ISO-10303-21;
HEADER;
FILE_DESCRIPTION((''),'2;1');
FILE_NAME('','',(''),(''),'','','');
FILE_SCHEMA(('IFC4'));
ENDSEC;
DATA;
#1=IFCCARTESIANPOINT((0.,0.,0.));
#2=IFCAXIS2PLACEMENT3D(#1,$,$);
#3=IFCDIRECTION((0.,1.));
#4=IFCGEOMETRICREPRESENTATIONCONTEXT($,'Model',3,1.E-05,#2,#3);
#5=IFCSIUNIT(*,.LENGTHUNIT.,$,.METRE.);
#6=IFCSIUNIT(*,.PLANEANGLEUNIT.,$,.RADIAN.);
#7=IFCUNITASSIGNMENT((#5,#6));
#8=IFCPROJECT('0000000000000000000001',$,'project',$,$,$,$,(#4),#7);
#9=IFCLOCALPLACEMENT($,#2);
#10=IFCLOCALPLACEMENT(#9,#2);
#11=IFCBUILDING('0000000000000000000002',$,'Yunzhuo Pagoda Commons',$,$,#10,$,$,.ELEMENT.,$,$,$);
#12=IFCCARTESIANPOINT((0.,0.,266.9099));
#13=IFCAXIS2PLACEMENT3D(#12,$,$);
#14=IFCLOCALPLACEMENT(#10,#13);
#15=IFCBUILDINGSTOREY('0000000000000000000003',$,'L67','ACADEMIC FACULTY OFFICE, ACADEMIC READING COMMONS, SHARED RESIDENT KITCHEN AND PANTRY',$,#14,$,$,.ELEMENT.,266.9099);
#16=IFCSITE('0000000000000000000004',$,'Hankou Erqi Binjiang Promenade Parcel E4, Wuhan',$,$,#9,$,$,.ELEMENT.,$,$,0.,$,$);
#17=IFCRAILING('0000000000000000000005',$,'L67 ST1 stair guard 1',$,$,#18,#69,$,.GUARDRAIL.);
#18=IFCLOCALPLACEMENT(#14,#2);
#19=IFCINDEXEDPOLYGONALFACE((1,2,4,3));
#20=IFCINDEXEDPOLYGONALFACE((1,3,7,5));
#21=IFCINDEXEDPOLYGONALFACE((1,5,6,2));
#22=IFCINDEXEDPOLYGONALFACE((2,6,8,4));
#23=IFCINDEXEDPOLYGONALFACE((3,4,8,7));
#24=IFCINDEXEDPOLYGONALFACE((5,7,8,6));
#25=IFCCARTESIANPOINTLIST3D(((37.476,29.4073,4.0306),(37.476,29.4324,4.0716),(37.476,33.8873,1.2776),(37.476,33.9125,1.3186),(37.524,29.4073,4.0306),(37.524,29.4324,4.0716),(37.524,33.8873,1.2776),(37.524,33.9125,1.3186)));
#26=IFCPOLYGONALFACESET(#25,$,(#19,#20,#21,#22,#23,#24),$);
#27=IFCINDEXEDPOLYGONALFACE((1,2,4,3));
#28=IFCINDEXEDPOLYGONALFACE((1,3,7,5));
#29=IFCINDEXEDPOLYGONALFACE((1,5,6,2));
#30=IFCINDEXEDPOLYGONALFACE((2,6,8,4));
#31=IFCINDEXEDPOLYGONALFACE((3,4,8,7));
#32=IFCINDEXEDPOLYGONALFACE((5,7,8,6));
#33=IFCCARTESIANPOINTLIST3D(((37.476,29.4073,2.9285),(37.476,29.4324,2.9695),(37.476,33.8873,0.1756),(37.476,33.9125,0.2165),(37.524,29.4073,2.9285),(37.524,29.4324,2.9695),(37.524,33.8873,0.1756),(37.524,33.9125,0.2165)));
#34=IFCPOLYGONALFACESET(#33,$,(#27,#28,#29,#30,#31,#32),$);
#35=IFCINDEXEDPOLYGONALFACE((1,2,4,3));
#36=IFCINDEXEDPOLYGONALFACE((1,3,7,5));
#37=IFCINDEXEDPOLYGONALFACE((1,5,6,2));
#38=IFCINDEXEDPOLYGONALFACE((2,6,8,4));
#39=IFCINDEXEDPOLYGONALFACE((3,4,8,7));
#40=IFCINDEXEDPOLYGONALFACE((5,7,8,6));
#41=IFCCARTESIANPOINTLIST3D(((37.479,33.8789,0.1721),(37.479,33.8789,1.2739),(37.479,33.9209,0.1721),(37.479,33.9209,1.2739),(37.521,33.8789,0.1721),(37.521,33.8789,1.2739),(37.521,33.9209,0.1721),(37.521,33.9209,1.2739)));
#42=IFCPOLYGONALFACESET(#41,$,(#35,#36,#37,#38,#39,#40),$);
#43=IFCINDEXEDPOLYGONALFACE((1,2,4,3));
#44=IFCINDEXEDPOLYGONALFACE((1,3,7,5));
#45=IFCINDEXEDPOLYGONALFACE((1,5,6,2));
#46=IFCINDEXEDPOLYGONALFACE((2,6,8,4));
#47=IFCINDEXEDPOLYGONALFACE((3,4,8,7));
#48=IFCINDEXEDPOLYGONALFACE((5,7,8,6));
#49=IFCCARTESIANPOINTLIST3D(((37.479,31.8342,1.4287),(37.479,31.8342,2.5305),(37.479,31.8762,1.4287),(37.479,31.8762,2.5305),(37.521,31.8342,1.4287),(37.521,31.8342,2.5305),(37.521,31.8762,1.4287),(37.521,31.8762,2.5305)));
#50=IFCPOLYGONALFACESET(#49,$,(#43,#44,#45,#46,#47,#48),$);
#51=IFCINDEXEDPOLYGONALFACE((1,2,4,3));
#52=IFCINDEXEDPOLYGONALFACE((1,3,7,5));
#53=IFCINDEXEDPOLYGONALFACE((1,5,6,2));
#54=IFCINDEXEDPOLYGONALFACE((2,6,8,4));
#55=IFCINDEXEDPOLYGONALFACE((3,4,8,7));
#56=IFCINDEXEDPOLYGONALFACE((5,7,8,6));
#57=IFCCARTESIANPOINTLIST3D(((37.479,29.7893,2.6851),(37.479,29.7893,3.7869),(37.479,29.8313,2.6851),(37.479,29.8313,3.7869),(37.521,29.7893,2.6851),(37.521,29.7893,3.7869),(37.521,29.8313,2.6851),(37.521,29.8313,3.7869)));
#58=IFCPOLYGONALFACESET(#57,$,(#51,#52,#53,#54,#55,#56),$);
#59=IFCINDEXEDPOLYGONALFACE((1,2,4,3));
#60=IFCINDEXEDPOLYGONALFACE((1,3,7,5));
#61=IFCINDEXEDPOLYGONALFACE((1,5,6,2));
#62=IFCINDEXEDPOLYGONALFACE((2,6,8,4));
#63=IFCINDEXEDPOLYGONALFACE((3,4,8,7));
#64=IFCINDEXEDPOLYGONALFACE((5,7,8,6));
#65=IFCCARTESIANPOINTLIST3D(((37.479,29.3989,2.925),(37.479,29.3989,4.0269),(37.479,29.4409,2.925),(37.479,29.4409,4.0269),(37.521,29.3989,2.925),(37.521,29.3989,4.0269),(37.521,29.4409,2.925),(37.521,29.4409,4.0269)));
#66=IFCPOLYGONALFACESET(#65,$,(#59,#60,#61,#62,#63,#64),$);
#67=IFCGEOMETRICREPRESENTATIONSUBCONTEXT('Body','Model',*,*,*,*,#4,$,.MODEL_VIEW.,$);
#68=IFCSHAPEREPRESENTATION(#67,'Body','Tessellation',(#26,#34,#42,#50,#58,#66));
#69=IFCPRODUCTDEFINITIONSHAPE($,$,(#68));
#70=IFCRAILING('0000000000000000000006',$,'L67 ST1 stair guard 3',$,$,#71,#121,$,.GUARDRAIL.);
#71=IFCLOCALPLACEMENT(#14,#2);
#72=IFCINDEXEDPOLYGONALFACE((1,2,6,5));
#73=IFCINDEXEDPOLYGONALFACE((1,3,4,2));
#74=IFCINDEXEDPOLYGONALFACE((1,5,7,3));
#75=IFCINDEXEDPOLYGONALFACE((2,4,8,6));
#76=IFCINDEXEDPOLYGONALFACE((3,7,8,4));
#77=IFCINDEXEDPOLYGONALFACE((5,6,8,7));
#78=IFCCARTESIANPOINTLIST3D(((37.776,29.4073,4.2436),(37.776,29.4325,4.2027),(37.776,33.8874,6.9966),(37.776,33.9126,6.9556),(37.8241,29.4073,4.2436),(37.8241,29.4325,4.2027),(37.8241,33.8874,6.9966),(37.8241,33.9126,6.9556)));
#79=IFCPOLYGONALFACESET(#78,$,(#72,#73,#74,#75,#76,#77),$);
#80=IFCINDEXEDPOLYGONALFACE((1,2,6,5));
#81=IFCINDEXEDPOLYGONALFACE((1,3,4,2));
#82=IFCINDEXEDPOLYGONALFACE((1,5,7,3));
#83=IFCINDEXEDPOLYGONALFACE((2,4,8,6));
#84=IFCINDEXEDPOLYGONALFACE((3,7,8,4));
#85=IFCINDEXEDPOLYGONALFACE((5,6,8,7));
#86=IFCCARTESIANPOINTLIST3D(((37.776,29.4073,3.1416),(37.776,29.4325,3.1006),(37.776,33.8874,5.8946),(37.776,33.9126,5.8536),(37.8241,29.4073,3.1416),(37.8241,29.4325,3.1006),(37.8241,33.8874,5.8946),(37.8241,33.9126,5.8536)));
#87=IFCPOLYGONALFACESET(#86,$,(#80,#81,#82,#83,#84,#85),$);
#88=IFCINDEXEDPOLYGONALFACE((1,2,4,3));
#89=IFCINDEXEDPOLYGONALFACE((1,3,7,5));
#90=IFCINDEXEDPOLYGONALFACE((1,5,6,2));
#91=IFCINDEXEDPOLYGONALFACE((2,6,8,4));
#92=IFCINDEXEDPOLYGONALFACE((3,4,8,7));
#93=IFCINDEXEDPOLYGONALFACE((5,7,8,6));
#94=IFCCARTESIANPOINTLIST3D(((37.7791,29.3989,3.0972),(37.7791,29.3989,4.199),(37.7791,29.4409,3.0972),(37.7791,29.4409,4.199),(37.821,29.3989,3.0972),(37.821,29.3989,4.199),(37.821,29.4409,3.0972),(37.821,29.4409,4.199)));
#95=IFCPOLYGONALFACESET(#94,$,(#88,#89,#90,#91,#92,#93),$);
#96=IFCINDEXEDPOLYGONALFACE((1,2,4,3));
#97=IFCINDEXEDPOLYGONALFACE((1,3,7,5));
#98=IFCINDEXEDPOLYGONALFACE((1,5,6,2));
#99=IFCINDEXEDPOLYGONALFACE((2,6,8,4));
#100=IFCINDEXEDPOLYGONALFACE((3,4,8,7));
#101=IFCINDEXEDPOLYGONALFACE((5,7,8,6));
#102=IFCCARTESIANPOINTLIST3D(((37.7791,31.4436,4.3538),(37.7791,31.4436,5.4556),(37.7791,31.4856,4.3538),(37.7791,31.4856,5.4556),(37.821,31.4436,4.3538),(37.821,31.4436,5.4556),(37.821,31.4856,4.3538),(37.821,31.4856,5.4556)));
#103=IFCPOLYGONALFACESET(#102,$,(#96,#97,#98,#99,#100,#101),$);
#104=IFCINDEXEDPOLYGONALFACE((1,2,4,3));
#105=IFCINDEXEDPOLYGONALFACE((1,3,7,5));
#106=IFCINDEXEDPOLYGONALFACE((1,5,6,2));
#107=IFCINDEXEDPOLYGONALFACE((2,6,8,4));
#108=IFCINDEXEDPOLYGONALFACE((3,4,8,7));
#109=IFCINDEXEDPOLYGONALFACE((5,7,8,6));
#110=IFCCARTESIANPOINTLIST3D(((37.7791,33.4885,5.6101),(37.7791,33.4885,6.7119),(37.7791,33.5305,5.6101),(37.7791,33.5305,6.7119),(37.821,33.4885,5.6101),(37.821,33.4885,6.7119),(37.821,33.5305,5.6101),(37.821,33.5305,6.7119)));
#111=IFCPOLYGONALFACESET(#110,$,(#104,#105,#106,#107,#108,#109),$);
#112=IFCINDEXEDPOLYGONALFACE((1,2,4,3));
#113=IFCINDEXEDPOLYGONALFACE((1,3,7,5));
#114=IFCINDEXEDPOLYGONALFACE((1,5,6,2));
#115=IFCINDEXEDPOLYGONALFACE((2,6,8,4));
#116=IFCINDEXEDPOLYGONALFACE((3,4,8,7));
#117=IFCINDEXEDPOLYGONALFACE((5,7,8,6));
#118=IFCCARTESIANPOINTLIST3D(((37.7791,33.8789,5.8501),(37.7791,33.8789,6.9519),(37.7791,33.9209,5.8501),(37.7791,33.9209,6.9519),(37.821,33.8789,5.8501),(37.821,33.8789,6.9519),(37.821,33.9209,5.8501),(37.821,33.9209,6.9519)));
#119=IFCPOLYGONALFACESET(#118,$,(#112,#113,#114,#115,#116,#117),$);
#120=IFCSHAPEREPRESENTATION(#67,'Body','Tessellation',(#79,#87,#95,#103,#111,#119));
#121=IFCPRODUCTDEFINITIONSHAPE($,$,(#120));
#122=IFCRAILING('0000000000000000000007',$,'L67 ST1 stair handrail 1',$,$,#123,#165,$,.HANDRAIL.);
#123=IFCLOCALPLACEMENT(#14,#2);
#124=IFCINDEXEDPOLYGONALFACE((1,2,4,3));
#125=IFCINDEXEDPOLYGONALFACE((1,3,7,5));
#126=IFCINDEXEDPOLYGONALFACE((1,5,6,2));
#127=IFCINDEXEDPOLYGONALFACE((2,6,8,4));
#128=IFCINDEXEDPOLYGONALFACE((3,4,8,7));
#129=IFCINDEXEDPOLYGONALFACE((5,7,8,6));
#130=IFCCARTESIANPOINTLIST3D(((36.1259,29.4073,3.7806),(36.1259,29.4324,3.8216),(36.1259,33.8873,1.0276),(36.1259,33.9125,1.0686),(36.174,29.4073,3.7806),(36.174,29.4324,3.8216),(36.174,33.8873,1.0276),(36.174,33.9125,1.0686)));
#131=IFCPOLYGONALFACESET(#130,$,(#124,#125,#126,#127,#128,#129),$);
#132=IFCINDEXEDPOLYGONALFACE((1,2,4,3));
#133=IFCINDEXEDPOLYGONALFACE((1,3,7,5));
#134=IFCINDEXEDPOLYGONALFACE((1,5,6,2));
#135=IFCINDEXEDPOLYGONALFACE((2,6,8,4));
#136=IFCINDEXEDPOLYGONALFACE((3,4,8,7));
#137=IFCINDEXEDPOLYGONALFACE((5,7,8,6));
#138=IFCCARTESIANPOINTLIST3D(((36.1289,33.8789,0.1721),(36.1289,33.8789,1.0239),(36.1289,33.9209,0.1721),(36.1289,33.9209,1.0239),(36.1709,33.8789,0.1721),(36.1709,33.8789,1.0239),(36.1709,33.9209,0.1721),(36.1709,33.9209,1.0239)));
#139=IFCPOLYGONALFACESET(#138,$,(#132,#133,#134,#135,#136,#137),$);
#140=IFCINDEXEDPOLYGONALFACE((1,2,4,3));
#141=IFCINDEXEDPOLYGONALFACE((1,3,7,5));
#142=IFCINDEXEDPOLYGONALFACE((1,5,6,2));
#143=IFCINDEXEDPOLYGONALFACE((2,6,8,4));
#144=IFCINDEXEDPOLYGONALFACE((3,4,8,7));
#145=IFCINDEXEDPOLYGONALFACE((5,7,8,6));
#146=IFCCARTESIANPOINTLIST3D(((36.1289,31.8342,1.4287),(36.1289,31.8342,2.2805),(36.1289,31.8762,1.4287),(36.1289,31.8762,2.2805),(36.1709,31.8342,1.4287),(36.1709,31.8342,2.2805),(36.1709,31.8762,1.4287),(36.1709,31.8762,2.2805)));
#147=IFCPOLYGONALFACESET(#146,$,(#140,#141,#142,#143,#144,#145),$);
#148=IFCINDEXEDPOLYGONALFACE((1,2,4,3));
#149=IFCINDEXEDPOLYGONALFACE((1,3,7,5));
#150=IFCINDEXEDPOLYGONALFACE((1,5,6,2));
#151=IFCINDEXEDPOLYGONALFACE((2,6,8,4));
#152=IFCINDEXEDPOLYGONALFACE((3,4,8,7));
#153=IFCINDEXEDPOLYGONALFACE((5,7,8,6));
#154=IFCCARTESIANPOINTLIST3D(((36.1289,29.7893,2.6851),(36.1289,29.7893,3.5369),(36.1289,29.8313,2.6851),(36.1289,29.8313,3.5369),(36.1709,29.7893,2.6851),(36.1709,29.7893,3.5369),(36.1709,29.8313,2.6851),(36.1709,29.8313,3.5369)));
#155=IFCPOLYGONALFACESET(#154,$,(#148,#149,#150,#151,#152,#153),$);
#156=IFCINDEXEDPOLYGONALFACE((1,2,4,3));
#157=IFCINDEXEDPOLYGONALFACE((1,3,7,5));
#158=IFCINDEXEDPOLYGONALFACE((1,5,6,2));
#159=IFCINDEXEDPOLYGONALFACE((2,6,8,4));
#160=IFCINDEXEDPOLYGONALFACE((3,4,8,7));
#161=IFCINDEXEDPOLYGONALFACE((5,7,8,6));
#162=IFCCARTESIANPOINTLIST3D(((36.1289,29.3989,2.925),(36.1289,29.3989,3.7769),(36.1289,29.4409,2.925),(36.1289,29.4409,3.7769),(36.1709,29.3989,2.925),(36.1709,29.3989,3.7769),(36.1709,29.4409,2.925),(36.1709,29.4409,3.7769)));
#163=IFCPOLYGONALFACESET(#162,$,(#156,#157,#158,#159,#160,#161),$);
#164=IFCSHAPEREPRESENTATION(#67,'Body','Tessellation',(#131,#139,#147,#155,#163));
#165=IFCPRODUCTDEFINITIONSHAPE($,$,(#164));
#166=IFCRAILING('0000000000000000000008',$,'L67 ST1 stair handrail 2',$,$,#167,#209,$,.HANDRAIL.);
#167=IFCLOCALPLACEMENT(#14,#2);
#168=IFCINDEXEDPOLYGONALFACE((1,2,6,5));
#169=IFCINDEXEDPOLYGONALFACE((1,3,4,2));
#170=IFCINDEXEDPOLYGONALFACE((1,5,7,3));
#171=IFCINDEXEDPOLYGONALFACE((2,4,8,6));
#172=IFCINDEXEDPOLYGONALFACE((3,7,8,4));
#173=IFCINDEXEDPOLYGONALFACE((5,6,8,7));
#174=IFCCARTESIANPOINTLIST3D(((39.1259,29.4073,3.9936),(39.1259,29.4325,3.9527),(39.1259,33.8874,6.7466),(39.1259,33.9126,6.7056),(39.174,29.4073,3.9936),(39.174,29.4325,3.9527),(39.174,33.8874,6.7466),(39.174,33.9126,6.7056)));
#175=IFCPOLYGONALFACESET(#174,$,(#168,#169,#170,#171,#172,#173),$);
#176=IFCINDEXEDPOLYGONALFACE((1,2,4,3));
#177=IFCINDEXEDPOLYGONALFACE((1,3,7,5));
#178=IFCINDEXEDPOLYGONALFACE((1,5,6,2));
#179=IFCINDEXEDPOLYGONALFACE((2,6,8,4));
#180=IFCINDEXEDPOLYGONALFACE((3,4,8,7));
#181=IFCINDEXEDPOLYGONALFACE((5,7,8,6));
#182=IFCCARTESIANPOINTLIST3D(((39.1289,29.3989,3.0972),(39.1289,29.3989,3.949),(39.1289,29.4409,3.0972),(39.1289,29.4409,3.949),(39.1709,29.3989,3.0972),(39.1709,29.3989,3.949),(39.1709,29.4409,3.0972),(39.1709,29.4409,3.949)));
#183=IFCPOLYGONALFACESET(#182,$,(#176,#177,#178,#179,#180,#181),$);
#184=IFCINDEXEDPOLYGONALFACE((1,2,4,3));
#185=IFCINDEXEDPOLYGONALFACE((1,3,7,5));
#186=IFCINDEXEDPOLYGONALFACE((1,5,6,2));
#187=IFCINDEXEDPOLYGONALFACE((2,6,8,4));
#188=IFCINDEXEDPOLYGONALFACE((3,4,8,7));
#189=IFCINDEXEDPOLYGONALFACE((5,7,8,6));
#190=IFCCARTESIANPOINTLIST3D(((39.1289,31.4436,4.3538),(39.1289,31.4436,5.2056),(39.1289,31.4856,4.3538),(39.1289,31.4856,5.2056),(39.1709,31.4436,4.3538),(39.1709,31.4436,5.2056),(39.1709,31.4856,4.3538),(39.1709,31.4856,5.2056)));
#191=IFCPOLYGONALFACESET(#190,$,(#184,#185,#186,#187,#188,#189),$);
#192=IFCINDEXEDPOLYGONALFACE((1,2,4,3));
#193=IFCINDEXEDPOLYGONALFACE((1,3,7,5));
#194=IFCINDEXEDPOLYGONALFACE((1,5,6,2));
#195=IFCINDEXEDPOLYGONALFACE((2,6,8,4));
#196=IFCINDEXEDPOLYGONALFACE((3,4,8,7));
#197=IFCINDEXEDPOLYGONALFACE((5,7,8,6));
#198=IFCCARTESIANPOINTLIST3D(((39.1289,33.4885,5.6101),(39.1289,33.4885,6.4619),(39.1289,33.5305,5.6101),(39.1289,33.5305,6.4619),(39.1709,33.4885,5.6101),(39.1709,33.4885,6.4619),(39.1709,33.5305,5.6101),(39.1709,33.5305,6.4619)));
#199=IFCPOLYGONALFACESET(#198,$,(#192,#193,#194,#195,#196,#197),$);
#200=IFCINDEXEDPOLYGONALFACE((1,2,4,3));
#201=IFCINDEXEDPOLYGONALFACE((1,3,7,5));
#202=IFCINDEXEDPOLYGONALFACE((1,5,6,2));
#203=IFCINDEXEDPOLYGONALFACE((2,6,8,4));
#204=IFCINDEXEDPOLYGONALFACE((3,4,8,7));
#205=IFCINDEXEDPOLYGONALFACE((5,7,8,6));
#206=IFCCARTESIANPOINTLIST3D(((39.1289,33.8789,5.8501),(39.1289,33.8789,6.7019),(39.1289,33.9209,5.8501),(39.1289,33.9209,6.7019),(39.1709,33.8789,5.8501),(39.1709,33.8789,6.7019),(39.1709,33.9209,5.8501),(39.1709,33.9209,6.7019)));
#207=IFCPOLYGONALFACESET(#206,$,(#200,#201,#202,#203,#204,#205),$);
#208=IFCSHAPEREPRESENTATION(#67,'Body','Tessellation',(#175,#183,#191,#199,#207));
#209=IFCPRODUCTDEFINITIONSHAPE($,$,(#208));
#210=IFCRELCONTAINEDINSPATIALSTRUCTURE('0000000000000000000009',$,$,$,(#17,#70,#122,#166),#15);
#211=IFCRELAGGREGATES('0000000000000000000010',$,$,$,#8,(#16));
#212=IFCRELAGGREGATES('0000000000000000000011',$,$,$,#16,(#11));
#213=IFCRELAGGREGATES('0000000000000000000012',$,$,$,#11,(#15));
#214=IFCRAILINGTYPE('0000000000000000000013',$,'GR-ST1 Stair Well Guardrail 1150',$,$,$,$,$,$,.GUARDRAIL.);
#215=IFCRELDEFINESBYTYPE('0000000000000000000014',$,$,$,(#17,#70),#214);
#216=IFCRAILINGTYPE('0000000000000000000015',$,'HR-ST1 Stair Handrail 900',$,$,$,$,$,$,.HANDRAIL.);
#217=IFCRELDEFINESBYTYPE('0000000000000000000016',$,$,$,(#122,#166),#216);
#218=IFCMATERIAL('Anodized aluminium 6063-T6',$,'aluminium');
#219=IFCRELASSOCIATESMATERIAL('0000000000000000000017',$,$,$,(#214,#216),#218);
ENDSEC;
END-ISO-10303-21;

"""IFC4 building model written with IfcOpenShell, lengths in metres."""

from ifc_helpers import new_model, si_unit, direction, frame, origin, origin_2d, place, context, subcontext, project, spatial, rectangle, extrude, material, type_object, element, save


model = new_model("IFC4")

# Units and contexts
model_context = context("Model", 3, precision=1e-05, world=origin(), true_north=direction((0.0, 1.0)))
body_context = subcontext(model_context, "Body", "Model", "MODEL_VIEW")
ifc_project = project(units=[si_unit("LENGTHUNIT", "METRE"), si_unit("PLANEANGLEUNIT", "RADIAN")], contexts=[model_context])

# Site, building, storey
site_placement = place(None, origin())
site = spatial("IfcSite", under=ifc_project, at=site_placement, Name="Hankou Erqi Binjiang Promenade Parcel E4, Wuhan", CompositionType="ELEMENT", RefElevation=0.0)
building_placement = place(site_placement, origin())
building = spatial("IfcBuilding", under=site, at=building_placement, Name="Yunzhuo Pagoda Commons", CompositionType="ELEMENT")
storey_placement = place(building_placement, frame((0.0, 0.0, 266.9099)))
storey = spatial("IfcBuildingStorey", under=building, at=storey_placement, Name="L67", Description="ACADEMIC FACULTY OFFICE, ACADEMIC READING COMMONS, SHARED RESIDENT KITCHEN AND PANTRY", CompositionType="ELEMENT", Elevation=266.9099)

# Railings
ifc_material_1 = material(Name="Anodized aluminium 6063-T6", Category="aluminium")
railing_type_1 = type_object("IfcRailingType", Name="GR-ST1 Stair Well Guardrail 1150", PredefinedType="GUARDRAIL", material=ifc_material_1)
railing_1_placement = place(storey_placement, frame((37.5, 33.8999, 0.1721)))
element("IfcRailing", 1, at=railing_1_placement, inside=storey, type_object=railing_type_1, Name="L67 ST1 stair guard 1", PredefinedType="GUARDRAIL", context=body_context, shape_type="SweptSolid", body=[
    extrude(rectangle(XDim=0.0481, YDim=0.0481, at=origin_2d()), frame((0.0, 0.0, 1.126), z_axis=(0.0, -0.851996, 0.523548), x_axis=(1.0, 0.0, 0.0)), (0.0, 0.0, 1.0), 5.2583),
    extrude(rectangle(XDim=0.0481, YDim=0.0481, at=origin_2d()), frame((0.0, 0.0, 0.0239), z_axis=(0.0, -0.851996, 0.523548), x_axis=(1.0, 0.0, 0.0)), (0.0, 0.0, 1.0), 5.2583),
    extrude(rectangle(XDim=0.042, YDim=0.042, at=origin_2d()), origin(), (0.0, 0.0, 1.0), 1.1018),
    extrude(rectangle(XDim=0.042, YDim=0.042, at=origin_2d()), frame((0.0, -2.0447, 1.2566)), (0.0, 0.0, 1.0), 1.1018),
    extrude(rectangle(XDim=0.042, YDim=0.042, at=origin_2d()), frame((0.0, -4.0896, 2.5129)), (0.0, 0.0, 1.0), 1.1018),
    extrude(rectangle(XDim=0.042, YDim=0.042, at=origin_2d()), frame((0.0, -4.48, 2.7529)), (0.0, 0.0, 1.0), 1.1018),
])
railing_2_placement = place(storey_placement, frame((37.8, 29.4199, 3.0972)))
element("IfcRailing", 2, at=railing_2_placement, inside=storey, type_object=railing_type_1, Name="L67 ST1 stair guard 3", PredefinedType="GUARDRAIL", context=body_context, shape_type="SweptSolid", body=[
    extrude(rectangle(XDim=0.0481, YDim=0.0481, at=origin_2d()), frame((0.0, 0.0, 1.126), z_axis=(0.0, 0.851996, 0.523548), x_axis=(-1.0, 0.0, 0.0)), (0.0, 0.0, 1.0), 5.2583),
    extrude(rectangle(XDim=0.0481, YDim=0.0481, at=origin_2d()), frame((0.0, 0.0, 0.0239), z_axis=(0.0, 0.851996, 0.523548), x_axis=(-1.0, 0.0, 0.0)), (0.0, 0.0, 1.0), 5.2583),
    extrude(rectangle(XDim=0.042, YDim=0.042, at=origin_2d()), origin(), (0.0, 0.0, 1.0), 1.1018),
    extrude(rectangle(XDim=0.042, YDim=0.042, at=origin_2d()), frame((0.0, 2.0447, 1.2566)), (0.0, 0.0, 1.0), 1.1018),
    extrude(rectangle(XDim=0.042, YDim=0.042, at=origin_2d()), frame((0.0, 4.0896, 2.5129)), (0.0, 0.0, 1.0), 1.1018),
    extrude(rectangle(XDim=0.042, YDim=0.042, at=origin_2d()), frame((0.0, 4.48, 2.7529)), (0.0, 0.0, 1.0), 1.1018),
])
railing_type_2 = type_object("IfcRailingType", Name="HR-ST1 Stair Handrail 900", PredefinedType="HANDRAIL", material=ifc_material_1)
railing_3_placement = place(storey_placement, frame((36.1499, 33.8999, 0.1721)))
element("IfcRailing", 3, at=railing_3_placement, inside=storey, type_object=railing_type_2, Name="L67 ST1 stair handrail 1", PredefinedType="HANDRAIL", context=body_context, shape_type="SweptSolid", body=[
    extrude(rectangle(XDim=0.0481, YDim=0.0481, at=origin_2d()), frame((0.0, 0.0, 0.876), z_axis=(0.0, -0.851996, 0.523548), x_axis=(1.0, 0.0, 0.0)), (0.0, 0.0, 1.0), 5.2583),
    extrude(rectangle(XDim=0.042, YDim=0.042, at=origin_2d()), origin(), (0.0, 0.0, 1.0), 0.8518),
    extrude(rectangle(XDim=0.042, YDim=0.042, at=origin_2d()), frame((0.0, -2.0447, 1.2566)), (0.0, 0.0, 1.0), 0.8518),
    extrude(rectangle(XDim=0.042, YDim=0.042, at=origin_2d()), frame((0.0, -4.0896, 2.5129)), (0.0, 0.0, 1.0), 0.8518),
    extrude(rectangle(XDim=0.042, YDim=0.042, at=origin_2d()), frame((0.0, -4.48, 2.7529)), (0.0, 0.0, 1.0), 0.8518),
])
railing_4_placement = place(storey_placement, frame((39.1499, 29.4199, 3.0972)))
element("IfcRailing", 4, at=railing_4_placement, inside=storey, type_object=railing_type_2, Name="L67 ST1 stair handrail 2", PredefinedType="HANDRAIL", context=body_context, shape_type="SweptSolid", body=[
    extrude(rectangle(XDim=0.0481, YDim=0.0481, at=origin_2d()), frame((0.0, 0.0, 0.876), z_axis=(0.0, 0.851996, 0.523548), x_axis=(-1.0, 0.0, 0.0)), (0.0, 0.0, 1.0), 5.2583),
    extrude(rectangle(XDim=0.042, YDim=0.042, at=origin_2d()), origin(), (0.0, 0.0, 1.0), 0.8518),
    extrude(rectangle(XDim=0.042, YDim=0.042, at=origin_2d()), frame((0.0, 2.0447, 1.2566)), (0.0, 0.0, 1.0), 0.8518),
    extrude(rectangle(XDim=0.042, YDim=0.042, at=origin_2d()), frame((0.0, 4.0896, 2.5129)), (0.0, 0.0, 1.0), 0.8518),
    extrude(rectangle(XDim=0.042, YDim=0.042, at=origin_2d()), frame((0.0, 4.48, 2.7529)), (0.0, 0.0, 1.0), 0.8518),
])

save(model, "model.ifc")
